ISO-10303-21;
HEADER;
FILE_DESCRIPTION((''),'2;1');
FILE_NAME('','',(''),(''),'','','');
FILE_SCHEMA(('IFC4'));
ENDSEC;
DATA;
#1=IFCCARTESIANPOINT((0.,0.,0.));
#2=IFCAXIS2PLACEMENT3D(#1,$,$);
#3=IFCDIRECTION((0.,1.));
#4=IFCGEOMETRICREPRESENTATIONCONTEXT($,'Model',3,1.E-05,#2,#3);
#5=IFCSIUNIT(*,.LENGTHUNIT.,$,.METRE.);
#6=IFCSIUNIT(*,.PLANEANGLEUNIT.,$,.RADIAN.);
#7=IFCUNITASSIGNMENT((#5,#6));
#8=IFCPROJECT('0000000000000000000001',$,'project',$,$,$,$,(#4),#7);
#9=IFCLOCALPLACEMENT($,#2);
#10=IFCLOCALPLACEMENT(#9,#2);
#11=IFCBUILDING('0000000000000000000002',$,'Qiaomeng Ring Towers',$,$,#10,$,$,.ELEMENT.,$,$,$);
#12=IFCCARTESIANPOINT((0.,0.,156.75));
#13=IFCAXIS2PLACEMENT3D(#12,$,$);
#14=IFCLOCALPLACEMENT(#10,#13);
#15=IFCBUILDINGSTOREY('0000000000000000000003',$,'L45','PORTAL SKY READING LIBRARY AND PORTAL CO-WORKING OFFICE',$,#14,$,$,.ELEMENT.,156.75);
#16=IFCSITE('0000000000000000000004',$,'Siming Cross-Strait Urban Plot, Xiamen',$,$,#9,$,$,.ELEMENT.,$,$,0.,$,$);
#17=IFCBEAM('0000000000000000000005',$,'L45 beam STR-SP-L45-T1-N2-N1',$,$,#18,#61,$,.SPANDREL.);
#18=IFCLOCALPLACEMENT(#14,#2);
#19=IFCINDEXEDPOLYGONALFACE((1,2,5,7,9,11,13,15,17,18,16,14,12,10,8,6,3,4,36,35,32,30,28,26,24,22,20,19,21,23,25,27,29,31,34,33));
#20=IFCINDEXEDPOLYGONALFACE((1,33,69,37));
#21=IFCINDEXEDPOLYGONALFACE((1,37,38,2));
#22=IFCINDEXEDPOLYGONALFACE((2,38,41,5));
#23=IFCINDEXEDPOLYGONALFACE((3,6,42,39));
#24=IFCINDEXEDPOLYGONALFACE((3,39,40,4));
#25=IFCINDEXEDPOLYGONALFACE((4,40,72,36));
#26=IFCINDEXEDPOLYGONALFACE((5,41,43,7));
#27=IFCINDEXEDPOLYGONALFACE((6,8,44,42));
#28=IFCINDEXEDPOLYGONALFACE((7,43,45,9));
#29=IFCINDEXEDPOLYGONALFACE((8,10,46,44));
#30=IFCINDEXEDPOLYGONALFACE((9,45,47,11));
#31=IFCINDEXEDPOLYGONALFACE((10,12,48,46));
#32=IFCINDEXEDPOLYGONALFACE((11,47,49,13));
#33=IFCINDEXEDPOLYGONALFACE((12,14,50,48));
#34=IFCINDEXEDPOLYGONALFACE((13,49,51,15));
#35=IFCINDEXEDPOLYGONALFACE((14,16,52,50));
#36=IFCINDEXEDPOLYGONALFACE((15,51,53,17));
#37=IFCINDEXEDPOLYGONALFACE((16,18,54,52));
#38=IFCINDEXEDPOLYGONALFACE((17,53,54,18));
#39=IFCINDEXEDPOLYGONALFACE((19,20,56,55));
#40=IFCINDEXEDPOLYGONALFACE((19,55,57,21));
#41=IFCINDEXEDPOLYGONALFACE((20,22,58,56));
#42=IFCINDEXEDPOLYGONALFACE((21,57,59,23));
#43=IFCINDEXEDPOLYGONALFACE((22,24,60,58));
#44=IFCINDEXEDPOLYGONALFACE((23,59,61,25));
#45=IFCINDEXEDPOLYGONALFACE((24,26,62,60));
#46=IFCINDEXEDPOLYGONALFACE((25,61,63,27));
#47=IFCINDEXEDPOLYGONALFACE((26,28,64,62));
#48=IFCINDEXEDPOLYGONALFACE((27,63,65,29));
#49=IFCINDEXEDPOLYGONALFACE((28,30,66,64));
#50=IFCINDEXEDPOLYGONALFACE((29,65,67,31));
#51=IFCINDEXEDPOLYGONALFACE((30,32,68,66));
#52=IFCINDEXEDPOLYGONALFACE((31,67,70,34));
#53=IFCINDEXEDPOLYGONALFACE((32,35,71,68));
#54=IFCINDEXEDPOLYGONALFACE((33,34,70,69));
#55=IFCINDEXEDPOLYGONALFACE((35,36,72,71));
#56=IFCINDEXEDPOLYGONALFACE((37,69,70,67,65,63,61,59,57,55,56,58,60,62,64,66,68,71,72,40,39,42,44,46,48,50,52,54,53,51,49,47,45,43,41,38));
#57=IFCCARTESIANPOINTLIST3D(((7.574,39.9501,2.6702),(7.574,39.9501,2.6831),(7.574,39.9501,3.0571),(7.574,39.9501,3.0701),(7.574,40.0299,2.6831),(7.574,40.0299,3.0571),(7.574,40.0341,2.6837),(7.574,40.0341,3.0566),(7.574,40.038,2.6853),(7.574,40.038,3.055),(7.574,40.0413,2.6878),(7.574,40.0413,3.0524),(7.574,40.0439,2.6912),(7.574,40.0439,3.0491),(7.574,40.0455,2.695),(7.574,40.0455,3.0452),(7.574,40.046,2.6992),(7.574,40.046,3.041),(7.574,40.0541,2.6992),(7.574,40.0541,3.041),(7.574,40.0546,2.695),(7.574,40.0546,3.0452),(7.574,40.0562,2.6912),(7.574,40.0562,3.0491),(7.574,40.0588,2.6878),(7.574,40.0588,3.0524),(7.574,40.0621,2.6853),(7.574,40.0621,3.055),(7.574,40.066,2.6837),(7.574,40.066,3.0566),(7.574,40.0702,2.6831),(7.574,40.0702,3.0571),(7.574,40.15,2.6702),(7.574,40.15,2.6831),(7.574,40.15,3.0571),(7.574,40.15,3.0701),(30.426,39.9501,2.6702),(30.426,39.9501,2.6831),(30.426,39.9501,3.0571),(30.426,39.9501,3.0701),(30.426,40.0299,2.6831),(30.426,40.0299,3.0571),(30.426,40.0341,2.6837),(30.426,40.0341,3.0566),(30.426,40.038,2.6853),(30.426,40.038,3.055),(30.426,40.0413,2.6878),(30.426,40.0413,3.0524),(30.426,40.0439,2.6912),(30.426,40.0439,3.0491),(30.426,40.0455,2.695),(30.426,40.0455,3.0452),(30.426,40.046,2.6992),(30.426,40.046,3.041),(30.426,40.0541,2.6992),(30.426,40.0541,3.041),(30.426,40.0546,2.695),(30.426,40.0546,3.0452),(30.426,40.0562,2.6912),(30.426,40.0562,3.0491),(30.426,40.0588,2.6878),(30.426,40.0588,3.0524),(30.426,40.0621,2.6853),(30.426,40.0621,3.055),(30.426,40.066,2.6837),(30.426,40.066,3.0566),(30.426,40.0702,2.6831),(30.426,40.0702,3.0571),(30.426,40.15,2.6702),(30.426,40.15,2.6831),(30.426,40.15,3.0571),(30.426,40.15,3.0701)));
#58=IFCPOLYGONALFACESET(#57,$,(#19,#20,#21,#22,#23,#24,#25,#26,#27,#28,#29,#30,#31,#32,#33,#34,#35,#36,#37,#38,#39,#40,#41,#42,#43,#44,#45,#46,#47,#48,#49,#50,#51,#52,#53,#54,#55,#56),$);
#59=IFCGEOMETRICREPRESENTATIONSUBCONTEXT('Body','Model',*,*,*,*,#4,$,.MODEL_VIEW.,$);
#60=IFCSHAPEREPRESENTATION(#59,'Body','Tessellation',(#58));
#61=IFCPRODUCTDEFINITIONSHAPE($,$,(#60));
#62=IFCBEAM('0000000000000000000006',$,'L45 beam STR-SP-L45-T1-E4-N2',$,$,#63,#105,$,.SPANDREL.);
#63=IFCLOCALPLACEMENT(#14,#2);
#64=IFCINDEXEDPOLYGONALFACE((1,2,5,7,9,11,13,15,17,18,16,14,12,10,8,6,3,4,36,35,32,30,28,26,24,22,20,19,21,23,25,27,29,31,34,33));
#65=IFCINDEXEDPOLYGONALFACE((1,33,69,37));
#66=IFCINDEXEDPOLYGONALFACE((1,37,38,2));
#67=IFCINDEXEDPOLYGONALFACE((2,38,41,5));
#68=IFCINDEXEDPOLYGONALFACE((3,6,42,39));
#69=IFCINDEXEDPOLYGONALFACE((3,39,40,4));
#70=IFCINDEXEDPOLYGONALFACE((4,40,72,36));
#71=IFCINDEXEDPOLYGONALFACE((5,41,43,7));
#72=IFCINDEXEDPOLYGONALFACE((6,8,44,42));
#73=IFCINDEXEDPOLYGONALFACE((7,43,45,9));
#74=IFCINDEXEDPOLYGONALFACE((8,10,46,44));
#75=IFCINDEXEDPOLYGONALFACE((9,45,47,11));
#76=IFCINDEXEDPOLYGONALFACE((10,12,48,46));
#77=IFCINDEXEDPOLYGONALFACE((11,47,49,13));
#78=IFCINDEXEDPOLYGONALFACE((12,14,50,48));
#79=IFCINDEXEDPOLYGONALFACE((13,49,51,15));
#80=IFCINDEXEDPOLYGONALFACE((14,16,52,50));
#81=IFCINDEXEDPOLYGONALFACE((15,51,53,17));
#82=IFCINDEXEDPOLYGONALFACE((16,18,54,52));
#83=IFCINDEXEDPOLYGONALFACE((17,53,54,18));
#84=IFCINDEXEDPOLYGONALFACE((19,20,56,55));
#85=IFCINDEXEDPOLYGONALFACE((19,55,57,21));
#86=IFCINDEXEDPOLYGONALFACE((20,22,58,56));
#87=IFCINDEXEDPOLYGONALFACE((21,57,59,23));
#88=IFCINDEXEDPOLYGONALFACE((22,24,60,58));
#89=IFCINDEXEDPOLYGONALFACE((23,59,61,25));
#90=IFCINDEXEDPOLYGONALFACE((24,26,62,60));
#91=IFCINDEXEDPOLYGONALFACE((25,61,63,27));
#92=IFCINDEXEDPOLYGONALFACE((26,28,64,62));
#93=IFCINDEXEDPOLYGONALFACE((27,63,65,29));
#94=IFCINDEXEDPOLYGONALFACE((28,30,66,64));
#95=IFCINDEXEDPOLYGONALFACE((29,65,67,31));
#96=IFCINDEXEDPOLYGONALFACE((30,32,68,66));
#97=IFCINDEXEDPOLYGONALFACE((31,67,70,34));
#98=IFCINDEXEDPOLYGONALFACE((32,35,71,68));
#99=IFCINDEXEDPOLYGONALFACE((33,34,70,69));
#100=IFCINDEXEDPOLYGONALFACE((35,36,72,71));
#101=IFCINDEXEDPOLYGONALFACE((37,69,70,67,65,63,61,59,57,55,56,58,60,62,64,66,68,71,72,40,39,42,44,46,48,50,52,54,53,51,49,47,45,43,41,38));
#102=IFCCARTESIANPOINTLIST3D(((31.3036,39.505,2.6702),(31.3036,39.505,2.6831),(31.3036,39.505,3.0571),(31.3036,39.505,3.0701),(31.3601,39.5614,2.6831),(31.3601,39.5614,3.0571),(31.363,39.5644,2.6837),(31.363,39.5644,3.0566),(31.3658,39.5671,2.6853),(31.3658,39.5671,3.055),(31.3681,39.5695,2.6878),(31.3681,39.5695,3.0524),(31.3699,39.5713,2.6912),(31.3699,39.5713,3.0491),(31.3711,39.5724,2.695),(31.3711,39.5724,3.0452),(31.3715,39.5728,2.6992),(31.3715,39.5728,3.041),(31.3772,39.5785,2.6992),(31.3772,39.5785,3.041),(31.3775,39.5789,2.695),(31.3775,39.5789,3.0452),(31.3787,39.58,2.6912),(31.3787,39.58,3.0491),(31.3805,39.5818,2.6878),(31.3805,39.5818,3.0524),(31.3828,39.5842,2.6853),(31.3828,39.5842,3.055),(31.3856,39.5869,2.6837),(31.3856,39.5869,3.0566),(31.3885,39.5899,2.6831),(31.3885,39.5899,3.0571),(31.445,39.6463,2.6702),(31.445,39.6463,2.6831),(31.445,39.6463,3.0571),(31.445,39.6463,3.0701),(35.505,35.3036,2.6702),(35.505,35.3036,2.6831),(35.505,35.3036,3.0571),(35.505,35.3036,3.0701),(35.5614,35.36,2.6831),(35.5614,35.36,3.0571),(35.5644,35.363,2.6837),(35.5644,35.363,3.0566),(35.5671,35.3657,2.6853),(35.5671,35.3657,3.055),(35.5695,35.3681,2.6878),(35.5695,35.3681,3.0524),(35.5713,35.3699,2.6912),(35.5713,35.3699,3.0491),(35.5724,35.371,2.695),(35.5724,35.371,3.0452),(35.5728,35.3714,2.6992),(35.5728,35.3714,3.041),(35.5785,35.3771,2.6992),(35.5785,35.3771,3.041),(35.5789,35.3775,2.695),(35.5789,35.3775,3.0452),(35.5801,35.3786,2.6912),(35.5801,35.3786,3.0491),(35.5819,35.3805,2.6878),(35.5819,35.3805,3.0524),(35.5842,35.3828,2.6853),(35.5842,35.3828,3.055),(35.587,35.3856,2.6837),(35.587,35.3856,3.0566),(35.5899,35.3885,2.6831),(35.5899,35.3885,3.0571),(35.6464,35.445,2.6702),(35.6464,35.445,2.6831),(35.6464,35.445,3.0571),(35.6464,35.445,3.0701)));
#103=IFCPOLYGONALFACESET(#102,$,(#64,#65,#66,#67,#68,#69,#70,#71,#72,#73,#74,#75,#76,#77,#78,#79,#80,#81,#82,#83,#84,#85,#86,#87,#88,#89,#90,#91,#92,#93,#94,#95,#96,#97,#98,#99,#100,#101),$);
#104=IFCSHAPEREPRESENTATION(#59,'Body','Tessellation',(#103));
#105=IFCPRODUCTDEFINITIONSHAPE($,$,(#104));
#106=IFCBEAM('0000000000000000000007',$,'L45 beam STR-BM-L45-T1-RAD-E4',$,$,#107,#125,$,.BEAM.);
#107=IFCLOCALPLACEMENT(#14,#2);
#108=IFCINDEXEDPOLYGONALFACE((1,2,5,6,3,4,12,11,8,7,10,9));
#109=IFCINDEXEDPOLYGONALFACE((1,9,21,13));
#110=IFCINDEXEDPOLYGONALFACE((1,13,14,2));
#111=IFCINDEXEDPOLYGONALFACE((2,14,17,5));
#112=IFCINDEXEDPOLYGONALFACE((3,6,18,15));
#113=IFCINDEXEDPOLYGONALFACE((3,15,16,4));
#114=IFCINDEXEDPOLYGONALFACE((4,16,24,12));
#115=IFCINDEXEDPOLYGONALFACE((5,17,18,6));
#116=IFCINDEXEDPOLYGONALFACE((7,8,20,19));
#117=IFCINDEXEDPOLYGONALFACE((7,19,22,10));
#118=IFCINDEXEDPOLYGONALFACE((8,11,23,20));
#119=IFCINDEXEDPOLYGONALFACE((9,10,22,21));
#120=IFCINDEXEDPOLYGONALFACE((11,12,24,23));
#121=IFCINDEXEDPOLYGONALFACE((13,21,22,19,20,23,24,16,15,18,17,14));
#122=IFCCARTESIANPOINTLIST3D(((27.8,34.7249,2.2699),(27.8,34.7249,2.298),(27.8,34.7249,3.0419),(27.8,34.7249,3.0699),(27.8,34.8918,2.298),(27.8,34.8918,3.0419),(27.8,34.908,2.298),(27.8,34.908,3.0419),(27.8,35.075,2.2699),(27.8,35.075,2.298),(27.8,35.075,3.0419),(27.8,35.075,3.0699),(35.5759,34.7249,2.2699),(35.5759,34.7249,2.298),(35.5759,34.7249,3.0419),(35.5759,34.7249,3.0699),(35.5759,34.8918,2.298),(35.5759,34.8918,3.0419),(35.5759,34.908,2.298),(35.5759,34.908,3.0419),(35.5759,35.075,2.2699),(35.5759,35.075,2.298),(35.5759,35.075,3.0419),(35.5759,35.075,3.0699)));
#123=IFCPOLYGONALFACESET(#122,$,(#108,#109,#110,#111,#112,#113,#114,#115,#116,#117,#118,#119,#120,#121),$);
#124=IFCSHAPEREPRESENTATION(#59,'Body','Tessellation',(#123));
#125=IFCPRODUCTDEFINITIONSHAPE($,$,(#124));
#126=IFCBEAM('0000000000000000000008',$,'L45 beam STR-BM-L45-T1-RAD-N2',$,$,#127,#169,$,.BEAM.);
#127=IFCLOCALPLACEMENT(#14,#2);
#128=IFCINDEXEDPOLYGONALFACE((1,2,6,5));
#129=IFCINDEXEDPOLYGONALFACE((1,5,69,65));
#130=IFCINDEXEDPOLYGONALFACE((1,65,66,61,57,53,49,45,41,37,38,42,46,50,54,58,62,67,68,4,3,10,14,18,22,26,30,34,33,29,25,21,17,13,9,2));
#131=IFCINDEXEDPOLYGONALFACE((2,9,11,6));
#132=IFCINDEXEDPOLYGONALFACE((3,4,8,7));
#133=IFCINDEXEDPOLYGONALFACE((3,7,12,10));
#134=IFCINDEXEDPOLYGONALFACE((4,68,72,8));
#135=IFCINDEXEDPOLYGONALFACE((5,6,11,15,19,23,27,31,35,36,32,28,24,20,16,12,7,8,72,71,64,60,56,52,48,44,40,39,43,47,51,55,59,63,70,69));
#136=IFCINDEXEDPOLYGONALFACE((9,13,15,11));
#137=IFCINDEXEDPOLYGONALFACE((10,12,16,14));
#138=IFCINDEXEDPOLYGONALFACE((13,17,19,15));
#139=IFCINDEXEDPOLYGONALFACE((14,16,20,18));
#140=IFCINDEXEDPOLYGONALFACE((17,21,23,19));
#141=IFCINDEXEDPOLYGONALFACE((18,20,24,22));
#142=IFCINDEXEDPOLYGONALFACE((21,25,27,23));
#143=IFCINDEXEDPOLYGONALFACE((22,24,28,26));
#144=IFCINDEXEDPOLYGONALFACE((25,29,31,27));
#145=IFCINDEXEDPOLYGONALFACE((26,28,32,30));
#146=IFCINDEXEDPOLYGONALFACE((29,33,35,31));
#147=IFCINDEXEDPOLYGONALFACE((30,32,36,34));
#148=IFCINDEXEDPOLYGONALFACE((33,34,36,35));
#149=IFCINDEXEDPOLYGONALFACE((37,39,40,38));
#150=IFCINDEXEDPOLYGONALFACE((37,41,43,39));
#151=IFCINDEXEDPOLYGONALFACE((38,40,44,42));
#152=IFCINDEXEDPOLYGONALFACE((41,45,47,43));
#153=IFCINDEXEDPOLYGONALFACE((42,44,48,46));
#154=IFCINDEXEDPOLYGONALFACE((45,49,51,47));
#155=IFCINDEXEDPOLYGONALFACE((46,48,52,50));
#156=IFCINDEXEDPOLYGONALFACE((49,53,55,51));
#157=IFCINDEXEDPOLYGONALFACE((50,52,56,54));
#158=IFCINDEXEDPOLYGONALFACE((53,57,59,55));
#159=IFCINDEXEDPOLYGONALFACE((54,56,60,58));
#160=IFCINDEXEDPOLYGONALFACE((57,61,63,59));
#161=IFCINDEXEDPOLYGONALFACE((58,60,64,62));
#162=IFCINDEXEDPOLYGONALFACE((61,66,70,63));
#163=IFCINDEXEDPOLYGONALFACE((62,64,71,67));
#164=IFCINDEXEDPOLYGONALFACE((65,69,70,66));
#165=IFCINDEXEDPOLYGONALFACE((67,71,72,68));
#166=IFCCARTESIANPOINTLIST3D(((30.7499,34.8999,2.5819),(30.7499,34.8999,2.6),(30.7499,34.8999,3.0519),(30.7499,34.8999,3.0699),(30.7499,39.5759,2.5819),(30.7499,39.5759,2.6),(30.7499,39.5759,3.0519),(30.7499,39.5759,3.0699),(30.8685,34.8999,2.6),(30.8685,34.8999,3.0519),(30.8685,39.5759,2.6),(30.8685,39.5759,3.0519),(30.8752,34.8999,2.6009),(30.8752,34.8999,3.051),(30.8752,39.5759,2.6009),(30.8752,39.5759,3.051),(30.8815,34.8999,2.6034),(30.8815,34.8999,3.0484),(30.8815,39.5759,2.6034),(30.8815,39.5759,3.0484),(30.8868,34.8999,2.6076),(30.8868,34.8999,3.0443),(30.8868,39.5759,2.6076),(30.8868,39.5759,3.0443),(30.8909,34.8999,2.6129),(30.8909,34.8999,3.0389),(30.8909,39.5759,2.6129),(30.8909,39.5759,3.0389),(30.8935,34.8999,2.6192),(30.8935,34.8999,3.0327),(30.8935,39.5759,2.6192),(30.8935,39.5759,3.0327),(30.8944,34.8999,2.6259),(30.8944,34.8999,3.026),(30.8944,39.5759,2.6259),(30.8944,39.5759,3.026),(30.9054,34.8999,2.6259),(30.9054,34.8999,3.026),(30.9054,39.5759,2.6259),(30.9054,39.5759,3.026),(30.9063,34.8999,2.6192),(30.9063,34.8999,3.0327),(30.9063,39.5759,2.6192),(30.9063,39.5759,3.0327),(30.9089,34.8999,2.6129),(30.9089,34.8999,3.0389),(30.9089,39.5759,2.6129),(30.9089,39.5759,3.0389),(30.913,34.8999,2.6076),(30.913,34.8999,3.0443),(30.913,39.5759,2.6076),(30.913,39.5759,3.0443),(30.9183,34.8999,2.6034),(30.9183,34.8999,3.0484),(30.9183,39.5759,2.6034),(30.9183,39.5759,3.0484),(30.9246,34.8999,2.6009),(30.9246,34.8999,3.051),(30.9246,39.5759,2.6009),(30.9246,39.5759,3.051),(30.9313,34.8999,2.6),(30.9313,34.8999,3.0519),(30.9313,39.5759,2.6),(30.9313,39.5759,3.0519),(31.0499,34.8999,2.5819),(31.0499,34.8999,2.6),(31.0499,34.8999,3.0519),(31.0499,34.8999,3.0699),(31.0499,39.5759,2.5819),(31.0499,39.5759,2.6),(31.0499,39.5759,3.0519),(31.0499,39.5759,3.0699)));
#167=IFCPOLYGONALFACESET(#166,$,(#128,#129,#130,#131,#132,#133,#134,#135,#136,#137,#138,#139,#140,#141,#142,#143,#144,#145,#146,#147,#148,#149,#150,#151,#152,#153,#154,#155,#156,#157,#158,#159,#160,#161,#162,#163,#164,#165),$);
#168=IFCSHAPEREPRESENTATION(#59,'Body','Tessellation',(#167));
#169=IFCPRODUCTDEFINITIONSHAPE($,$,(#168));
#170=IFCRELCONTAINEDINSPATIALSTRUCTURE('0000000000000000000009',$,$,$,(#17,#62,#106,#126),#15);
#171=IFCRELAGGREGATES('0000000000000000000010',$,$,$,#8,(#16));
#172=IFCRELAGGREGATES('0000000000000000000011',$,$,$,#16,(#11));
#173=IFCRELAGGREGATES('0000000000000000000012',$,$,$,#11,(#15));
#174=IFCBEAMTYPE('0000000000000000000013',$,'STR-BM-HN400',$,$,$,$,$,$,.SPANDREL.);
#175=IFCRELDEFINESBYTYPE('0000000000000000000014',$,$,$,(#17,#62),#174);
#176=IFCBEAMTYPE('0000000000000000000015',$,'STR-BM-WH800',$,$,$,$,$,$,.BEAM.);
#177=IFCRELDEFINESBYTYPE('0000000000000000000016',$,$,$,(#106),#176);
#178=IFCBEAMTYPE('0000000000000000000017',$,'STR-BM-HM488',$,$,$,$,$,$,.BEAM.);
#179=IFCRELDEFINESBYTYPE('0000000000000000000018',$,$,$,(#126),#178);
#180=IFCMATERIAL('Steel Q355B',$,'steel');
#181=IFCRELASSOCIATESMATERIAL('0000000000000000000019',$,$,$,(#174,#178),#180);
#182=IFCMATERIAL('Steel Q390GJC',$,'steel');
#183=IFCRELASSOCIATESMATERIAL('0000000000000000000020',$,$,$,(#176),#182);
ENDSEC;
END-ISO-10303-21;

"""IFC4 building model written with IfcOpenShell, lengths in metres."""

from ifc_helpers import new_model, si_unit, direction, frame, origin, origin_2d, place, context, subcontext, project, spatial, i_section, extrude, source, transform, mapped, material, material_profile, profile_set, type_object, element, save


model = new_model("IFC4")

# Units and contexts
model_context = context("Model", 3, precision=1e-05, world=origin(), true_north=direction((0.0, 1.0)))
body_context = subcontext(model_context, "Body", "Model", "MODEL_VIEW")
ifc_project = project(units=[si_unit("LENGTHUNIT", "METRE"), si_unit("PLANEANGLEUNIT", "RADIAN")], contexts=[model_context])

# Site, building, storey
site_placement = place(None, origin())
site = spatial("IfcSite", under=ifc_project, at=site_placement, Name="Siming Cross-Strait Urban Plot, Xiamen", CompositionType="ELEMENT", RefElevation=0.0)
building_placement = place(site_placement, origin())
building = spatial("IfcBuilding", under=site, at=building_placement, Name="Qiaomeng Ring Towers", CompositionType="ELEMENT")
storey_placement = place(building_placement, frame((0.0, 0.0, 156.75)))
storey = spatial("IfcBuildingStorey", under=building, at=storey_placement, Name="L45", Description="PORTAL SKY READING LIBRARY AND PORTAL CO-WORKING OFFICE", CompositionType="ELEMENT", Elevation=156.75)

# Beams
ifc_material_1 = material(Name="Steel Q355B", Category="steel")
ifc_material_profile_1 = material_profile(ifc_material_1, i_section(OverallWidth=0.2, OverallDepth=0.3999, WebThickness=0.0081, FlangeThickness=0.0129, FilletRadius=0.0161, at=origin_2d()), Name="HN 400x200x8x13")
ifc_profile_set_1 = profile_set([ifc_material_profile_1], Name="Steel Q355B")
beam_type_1 = type_object("IfcBeamType", Name="STR-BM-HN400", PredefinedType="SPANDREL", material=ifc_profile_set_1)
shared_shape_1 = source(origin(), body_context, "Body", "SweptSolid", [
    extrude(i_section(OverallWidth=0.2, OverallDepth=0.3999, WebThickness=0.0081, FlangeThickness=0.0129, FilletRadius=0.0161, at=origin_2d()), origin(), (0.0, 0.0, 1.0), 22.8521),
])
beam_1_placement = place(storey_placement, frame((30.426, 40.05, 2.8701), z_axis=(-1.0, 0.0, 0.0), x_axis=(0.0, -1.0, 0.0)))
element("IfcBeam", 1, at=beam_1_placement, inside=storey, type_object=beam_type_1, Name="L45 beam STR-SP-L45-T1-N2-N1", PredefinedType="SPANDREL", context=body_context, shape_type="MappedRepresentation", body=[
    mapped(shared_shape_1, transform((0.0, 0.0, 0.0), x_axis=(1.0, 0.0, 0.0), y_axis=(0.0, 1.0, 0.0), z_axis=(0.0, 0.0, 1.0), scale=1.0)),
])
shared_shape_2 = source(origin(), body_context, "Body", "SweptSolid", [
    extrude(i_section(OverallWidth=0.2, OverallDepth=0.3999, WebThickness=0.0081, FlangeThickness=0.0129, FilletRadius=0.0161, at=origin_2d()), origin(), (0.0, 0.0, 1.0), 5.9417),
])
beam_2_placement = place(storey_placement, frame((35.5757, 35.3743, 2.8701), z_axis=(-0.707107, 0.707107, 0.0), x_axis=(-0.707107, -0.707107, 0.0)))
element("IfcBeam", 2, at=beam_2_placement, inside=storey, type_object=beam_type_1, Name="L45 beam STR-SP-L45-T1-E4-N2", PredefinedType="SPANDREL", context=body_context, shape_type="MappedRepresentation", body=[
    mapped(shared_shape_2, transform((0.0, 0.0, 0.0), x_axis=(1.0, 0.0, 0.0), y_axis=(0.0, 1.0, 0.0), z_axis=(0.0, 0.0, 1.0), scale=1.0)),
])
ifc_material_2 = material(Name="Steel Q390GJC", Category="steel")
ifc_material_profile_2 = material_profile(ifc_material_2, i_section(OverallWidth=0.3501, OverallDepth=0.8, WebThickness=0.0161, FlangeThickness=0.0281, at=origin_2d()), Name="WH 800x350x16x28")
ifc_profile_set_2 = profile_set([ifc_material_profile_2], Name="Steel Q390GJC")
beam_type_2 = type_object("IfcBeamType", Name="STR-BM-WH800", PredefinedType="BEAM", material=ifc_profile_set_2)
shared_shape_3 = source(origin(), body_context, "Body", "SweptSolid", [
    extrude(i_section(OverallWidth=0.3501, OverallDepth=0.8, WebThickness=0.0161, FlangeThickness=0.0281, at=origin_2d()), origin(), (0.0, 0.0, 1.0), 7.7759),
])
beam_3_placement = place(storey_placement, frame((27.8, 34.8999, 2.6699), z_axis=(1.0, 0.0, 0.0), x_axis=(0.0, 1.0, 0.0)))
element("IfcBeam", 3, at=beam_3_placement, inside=storey, type_object=beam_type_2, Name="L45 beam STR-BM-L45-T1-RAD-E4", PredefinedType="BEAM", context=body_context, shape_type="MappedRepresentation", body=[
    mapped(shared_shape_3, transform((0.0, 0.0, 0.0), x_axis=(1.0, 0.0, 0.0), y_axis=(0.0, 1.0, 0.0), z_axis=(0.0, 0.0, 1.0), scale=1.0)),
])
ifc_material_profile_3 = material_profile(ifc_material_1, i_section(OverallWidth=0.3, OverallDepth=0.488, WebThickness=0.011, FlangeThickness=0.0181, FilletRadius=0.0259, at=origin_2d()), Name="HM 488x300x11x18")
ifc_profile_set_3 = profile_set([ifc_material_profile_3], Name="Steel Q355B")
beam_type_3 = type_object("IfcBeamType", Name="STR-BM-HM488", PredefinedType="BEAM", material=ifc_profile_set_3)
shared_shape_4 = source(origin(), body_context, "Body", "SweptSolid", [
    extrude(i_section(OverallWidth=0.3, OverallDepth=0.488, WebThickness=0.011, FlangeThickness=0.0181, FilletRadius=0.0259, at=origin_2d()), origin(), (0.0, 0.0, 1.0), 4.676),
])
beam_4_placement = place(storey_placement, frame((30.8999, 39.5759, 2.8259), z_axis=(0.0, -1.0, 0.0), x_axis=(1.0, 0.0, 0.0)))
element("IfcBeam", 4, at=beam_4_placement, inside=storey, type_object=beam_type_3, Name="L45 beam STR-BM-L45-T1-RAD-N2", PredefinedType="BEAM", context=body_context, shape_type="MappedRepresentation", body=[
    mapped(shared_shape_4, transform((0.0, 0.0, 0.0), x_axis=(1.0, 0.0, 0.0), y_axis=(0.0, 1.0, 0.0), z_axis=(0.0, 0.0, 1.0), scale=1.0)),
])

save(model, "model.ifc")
